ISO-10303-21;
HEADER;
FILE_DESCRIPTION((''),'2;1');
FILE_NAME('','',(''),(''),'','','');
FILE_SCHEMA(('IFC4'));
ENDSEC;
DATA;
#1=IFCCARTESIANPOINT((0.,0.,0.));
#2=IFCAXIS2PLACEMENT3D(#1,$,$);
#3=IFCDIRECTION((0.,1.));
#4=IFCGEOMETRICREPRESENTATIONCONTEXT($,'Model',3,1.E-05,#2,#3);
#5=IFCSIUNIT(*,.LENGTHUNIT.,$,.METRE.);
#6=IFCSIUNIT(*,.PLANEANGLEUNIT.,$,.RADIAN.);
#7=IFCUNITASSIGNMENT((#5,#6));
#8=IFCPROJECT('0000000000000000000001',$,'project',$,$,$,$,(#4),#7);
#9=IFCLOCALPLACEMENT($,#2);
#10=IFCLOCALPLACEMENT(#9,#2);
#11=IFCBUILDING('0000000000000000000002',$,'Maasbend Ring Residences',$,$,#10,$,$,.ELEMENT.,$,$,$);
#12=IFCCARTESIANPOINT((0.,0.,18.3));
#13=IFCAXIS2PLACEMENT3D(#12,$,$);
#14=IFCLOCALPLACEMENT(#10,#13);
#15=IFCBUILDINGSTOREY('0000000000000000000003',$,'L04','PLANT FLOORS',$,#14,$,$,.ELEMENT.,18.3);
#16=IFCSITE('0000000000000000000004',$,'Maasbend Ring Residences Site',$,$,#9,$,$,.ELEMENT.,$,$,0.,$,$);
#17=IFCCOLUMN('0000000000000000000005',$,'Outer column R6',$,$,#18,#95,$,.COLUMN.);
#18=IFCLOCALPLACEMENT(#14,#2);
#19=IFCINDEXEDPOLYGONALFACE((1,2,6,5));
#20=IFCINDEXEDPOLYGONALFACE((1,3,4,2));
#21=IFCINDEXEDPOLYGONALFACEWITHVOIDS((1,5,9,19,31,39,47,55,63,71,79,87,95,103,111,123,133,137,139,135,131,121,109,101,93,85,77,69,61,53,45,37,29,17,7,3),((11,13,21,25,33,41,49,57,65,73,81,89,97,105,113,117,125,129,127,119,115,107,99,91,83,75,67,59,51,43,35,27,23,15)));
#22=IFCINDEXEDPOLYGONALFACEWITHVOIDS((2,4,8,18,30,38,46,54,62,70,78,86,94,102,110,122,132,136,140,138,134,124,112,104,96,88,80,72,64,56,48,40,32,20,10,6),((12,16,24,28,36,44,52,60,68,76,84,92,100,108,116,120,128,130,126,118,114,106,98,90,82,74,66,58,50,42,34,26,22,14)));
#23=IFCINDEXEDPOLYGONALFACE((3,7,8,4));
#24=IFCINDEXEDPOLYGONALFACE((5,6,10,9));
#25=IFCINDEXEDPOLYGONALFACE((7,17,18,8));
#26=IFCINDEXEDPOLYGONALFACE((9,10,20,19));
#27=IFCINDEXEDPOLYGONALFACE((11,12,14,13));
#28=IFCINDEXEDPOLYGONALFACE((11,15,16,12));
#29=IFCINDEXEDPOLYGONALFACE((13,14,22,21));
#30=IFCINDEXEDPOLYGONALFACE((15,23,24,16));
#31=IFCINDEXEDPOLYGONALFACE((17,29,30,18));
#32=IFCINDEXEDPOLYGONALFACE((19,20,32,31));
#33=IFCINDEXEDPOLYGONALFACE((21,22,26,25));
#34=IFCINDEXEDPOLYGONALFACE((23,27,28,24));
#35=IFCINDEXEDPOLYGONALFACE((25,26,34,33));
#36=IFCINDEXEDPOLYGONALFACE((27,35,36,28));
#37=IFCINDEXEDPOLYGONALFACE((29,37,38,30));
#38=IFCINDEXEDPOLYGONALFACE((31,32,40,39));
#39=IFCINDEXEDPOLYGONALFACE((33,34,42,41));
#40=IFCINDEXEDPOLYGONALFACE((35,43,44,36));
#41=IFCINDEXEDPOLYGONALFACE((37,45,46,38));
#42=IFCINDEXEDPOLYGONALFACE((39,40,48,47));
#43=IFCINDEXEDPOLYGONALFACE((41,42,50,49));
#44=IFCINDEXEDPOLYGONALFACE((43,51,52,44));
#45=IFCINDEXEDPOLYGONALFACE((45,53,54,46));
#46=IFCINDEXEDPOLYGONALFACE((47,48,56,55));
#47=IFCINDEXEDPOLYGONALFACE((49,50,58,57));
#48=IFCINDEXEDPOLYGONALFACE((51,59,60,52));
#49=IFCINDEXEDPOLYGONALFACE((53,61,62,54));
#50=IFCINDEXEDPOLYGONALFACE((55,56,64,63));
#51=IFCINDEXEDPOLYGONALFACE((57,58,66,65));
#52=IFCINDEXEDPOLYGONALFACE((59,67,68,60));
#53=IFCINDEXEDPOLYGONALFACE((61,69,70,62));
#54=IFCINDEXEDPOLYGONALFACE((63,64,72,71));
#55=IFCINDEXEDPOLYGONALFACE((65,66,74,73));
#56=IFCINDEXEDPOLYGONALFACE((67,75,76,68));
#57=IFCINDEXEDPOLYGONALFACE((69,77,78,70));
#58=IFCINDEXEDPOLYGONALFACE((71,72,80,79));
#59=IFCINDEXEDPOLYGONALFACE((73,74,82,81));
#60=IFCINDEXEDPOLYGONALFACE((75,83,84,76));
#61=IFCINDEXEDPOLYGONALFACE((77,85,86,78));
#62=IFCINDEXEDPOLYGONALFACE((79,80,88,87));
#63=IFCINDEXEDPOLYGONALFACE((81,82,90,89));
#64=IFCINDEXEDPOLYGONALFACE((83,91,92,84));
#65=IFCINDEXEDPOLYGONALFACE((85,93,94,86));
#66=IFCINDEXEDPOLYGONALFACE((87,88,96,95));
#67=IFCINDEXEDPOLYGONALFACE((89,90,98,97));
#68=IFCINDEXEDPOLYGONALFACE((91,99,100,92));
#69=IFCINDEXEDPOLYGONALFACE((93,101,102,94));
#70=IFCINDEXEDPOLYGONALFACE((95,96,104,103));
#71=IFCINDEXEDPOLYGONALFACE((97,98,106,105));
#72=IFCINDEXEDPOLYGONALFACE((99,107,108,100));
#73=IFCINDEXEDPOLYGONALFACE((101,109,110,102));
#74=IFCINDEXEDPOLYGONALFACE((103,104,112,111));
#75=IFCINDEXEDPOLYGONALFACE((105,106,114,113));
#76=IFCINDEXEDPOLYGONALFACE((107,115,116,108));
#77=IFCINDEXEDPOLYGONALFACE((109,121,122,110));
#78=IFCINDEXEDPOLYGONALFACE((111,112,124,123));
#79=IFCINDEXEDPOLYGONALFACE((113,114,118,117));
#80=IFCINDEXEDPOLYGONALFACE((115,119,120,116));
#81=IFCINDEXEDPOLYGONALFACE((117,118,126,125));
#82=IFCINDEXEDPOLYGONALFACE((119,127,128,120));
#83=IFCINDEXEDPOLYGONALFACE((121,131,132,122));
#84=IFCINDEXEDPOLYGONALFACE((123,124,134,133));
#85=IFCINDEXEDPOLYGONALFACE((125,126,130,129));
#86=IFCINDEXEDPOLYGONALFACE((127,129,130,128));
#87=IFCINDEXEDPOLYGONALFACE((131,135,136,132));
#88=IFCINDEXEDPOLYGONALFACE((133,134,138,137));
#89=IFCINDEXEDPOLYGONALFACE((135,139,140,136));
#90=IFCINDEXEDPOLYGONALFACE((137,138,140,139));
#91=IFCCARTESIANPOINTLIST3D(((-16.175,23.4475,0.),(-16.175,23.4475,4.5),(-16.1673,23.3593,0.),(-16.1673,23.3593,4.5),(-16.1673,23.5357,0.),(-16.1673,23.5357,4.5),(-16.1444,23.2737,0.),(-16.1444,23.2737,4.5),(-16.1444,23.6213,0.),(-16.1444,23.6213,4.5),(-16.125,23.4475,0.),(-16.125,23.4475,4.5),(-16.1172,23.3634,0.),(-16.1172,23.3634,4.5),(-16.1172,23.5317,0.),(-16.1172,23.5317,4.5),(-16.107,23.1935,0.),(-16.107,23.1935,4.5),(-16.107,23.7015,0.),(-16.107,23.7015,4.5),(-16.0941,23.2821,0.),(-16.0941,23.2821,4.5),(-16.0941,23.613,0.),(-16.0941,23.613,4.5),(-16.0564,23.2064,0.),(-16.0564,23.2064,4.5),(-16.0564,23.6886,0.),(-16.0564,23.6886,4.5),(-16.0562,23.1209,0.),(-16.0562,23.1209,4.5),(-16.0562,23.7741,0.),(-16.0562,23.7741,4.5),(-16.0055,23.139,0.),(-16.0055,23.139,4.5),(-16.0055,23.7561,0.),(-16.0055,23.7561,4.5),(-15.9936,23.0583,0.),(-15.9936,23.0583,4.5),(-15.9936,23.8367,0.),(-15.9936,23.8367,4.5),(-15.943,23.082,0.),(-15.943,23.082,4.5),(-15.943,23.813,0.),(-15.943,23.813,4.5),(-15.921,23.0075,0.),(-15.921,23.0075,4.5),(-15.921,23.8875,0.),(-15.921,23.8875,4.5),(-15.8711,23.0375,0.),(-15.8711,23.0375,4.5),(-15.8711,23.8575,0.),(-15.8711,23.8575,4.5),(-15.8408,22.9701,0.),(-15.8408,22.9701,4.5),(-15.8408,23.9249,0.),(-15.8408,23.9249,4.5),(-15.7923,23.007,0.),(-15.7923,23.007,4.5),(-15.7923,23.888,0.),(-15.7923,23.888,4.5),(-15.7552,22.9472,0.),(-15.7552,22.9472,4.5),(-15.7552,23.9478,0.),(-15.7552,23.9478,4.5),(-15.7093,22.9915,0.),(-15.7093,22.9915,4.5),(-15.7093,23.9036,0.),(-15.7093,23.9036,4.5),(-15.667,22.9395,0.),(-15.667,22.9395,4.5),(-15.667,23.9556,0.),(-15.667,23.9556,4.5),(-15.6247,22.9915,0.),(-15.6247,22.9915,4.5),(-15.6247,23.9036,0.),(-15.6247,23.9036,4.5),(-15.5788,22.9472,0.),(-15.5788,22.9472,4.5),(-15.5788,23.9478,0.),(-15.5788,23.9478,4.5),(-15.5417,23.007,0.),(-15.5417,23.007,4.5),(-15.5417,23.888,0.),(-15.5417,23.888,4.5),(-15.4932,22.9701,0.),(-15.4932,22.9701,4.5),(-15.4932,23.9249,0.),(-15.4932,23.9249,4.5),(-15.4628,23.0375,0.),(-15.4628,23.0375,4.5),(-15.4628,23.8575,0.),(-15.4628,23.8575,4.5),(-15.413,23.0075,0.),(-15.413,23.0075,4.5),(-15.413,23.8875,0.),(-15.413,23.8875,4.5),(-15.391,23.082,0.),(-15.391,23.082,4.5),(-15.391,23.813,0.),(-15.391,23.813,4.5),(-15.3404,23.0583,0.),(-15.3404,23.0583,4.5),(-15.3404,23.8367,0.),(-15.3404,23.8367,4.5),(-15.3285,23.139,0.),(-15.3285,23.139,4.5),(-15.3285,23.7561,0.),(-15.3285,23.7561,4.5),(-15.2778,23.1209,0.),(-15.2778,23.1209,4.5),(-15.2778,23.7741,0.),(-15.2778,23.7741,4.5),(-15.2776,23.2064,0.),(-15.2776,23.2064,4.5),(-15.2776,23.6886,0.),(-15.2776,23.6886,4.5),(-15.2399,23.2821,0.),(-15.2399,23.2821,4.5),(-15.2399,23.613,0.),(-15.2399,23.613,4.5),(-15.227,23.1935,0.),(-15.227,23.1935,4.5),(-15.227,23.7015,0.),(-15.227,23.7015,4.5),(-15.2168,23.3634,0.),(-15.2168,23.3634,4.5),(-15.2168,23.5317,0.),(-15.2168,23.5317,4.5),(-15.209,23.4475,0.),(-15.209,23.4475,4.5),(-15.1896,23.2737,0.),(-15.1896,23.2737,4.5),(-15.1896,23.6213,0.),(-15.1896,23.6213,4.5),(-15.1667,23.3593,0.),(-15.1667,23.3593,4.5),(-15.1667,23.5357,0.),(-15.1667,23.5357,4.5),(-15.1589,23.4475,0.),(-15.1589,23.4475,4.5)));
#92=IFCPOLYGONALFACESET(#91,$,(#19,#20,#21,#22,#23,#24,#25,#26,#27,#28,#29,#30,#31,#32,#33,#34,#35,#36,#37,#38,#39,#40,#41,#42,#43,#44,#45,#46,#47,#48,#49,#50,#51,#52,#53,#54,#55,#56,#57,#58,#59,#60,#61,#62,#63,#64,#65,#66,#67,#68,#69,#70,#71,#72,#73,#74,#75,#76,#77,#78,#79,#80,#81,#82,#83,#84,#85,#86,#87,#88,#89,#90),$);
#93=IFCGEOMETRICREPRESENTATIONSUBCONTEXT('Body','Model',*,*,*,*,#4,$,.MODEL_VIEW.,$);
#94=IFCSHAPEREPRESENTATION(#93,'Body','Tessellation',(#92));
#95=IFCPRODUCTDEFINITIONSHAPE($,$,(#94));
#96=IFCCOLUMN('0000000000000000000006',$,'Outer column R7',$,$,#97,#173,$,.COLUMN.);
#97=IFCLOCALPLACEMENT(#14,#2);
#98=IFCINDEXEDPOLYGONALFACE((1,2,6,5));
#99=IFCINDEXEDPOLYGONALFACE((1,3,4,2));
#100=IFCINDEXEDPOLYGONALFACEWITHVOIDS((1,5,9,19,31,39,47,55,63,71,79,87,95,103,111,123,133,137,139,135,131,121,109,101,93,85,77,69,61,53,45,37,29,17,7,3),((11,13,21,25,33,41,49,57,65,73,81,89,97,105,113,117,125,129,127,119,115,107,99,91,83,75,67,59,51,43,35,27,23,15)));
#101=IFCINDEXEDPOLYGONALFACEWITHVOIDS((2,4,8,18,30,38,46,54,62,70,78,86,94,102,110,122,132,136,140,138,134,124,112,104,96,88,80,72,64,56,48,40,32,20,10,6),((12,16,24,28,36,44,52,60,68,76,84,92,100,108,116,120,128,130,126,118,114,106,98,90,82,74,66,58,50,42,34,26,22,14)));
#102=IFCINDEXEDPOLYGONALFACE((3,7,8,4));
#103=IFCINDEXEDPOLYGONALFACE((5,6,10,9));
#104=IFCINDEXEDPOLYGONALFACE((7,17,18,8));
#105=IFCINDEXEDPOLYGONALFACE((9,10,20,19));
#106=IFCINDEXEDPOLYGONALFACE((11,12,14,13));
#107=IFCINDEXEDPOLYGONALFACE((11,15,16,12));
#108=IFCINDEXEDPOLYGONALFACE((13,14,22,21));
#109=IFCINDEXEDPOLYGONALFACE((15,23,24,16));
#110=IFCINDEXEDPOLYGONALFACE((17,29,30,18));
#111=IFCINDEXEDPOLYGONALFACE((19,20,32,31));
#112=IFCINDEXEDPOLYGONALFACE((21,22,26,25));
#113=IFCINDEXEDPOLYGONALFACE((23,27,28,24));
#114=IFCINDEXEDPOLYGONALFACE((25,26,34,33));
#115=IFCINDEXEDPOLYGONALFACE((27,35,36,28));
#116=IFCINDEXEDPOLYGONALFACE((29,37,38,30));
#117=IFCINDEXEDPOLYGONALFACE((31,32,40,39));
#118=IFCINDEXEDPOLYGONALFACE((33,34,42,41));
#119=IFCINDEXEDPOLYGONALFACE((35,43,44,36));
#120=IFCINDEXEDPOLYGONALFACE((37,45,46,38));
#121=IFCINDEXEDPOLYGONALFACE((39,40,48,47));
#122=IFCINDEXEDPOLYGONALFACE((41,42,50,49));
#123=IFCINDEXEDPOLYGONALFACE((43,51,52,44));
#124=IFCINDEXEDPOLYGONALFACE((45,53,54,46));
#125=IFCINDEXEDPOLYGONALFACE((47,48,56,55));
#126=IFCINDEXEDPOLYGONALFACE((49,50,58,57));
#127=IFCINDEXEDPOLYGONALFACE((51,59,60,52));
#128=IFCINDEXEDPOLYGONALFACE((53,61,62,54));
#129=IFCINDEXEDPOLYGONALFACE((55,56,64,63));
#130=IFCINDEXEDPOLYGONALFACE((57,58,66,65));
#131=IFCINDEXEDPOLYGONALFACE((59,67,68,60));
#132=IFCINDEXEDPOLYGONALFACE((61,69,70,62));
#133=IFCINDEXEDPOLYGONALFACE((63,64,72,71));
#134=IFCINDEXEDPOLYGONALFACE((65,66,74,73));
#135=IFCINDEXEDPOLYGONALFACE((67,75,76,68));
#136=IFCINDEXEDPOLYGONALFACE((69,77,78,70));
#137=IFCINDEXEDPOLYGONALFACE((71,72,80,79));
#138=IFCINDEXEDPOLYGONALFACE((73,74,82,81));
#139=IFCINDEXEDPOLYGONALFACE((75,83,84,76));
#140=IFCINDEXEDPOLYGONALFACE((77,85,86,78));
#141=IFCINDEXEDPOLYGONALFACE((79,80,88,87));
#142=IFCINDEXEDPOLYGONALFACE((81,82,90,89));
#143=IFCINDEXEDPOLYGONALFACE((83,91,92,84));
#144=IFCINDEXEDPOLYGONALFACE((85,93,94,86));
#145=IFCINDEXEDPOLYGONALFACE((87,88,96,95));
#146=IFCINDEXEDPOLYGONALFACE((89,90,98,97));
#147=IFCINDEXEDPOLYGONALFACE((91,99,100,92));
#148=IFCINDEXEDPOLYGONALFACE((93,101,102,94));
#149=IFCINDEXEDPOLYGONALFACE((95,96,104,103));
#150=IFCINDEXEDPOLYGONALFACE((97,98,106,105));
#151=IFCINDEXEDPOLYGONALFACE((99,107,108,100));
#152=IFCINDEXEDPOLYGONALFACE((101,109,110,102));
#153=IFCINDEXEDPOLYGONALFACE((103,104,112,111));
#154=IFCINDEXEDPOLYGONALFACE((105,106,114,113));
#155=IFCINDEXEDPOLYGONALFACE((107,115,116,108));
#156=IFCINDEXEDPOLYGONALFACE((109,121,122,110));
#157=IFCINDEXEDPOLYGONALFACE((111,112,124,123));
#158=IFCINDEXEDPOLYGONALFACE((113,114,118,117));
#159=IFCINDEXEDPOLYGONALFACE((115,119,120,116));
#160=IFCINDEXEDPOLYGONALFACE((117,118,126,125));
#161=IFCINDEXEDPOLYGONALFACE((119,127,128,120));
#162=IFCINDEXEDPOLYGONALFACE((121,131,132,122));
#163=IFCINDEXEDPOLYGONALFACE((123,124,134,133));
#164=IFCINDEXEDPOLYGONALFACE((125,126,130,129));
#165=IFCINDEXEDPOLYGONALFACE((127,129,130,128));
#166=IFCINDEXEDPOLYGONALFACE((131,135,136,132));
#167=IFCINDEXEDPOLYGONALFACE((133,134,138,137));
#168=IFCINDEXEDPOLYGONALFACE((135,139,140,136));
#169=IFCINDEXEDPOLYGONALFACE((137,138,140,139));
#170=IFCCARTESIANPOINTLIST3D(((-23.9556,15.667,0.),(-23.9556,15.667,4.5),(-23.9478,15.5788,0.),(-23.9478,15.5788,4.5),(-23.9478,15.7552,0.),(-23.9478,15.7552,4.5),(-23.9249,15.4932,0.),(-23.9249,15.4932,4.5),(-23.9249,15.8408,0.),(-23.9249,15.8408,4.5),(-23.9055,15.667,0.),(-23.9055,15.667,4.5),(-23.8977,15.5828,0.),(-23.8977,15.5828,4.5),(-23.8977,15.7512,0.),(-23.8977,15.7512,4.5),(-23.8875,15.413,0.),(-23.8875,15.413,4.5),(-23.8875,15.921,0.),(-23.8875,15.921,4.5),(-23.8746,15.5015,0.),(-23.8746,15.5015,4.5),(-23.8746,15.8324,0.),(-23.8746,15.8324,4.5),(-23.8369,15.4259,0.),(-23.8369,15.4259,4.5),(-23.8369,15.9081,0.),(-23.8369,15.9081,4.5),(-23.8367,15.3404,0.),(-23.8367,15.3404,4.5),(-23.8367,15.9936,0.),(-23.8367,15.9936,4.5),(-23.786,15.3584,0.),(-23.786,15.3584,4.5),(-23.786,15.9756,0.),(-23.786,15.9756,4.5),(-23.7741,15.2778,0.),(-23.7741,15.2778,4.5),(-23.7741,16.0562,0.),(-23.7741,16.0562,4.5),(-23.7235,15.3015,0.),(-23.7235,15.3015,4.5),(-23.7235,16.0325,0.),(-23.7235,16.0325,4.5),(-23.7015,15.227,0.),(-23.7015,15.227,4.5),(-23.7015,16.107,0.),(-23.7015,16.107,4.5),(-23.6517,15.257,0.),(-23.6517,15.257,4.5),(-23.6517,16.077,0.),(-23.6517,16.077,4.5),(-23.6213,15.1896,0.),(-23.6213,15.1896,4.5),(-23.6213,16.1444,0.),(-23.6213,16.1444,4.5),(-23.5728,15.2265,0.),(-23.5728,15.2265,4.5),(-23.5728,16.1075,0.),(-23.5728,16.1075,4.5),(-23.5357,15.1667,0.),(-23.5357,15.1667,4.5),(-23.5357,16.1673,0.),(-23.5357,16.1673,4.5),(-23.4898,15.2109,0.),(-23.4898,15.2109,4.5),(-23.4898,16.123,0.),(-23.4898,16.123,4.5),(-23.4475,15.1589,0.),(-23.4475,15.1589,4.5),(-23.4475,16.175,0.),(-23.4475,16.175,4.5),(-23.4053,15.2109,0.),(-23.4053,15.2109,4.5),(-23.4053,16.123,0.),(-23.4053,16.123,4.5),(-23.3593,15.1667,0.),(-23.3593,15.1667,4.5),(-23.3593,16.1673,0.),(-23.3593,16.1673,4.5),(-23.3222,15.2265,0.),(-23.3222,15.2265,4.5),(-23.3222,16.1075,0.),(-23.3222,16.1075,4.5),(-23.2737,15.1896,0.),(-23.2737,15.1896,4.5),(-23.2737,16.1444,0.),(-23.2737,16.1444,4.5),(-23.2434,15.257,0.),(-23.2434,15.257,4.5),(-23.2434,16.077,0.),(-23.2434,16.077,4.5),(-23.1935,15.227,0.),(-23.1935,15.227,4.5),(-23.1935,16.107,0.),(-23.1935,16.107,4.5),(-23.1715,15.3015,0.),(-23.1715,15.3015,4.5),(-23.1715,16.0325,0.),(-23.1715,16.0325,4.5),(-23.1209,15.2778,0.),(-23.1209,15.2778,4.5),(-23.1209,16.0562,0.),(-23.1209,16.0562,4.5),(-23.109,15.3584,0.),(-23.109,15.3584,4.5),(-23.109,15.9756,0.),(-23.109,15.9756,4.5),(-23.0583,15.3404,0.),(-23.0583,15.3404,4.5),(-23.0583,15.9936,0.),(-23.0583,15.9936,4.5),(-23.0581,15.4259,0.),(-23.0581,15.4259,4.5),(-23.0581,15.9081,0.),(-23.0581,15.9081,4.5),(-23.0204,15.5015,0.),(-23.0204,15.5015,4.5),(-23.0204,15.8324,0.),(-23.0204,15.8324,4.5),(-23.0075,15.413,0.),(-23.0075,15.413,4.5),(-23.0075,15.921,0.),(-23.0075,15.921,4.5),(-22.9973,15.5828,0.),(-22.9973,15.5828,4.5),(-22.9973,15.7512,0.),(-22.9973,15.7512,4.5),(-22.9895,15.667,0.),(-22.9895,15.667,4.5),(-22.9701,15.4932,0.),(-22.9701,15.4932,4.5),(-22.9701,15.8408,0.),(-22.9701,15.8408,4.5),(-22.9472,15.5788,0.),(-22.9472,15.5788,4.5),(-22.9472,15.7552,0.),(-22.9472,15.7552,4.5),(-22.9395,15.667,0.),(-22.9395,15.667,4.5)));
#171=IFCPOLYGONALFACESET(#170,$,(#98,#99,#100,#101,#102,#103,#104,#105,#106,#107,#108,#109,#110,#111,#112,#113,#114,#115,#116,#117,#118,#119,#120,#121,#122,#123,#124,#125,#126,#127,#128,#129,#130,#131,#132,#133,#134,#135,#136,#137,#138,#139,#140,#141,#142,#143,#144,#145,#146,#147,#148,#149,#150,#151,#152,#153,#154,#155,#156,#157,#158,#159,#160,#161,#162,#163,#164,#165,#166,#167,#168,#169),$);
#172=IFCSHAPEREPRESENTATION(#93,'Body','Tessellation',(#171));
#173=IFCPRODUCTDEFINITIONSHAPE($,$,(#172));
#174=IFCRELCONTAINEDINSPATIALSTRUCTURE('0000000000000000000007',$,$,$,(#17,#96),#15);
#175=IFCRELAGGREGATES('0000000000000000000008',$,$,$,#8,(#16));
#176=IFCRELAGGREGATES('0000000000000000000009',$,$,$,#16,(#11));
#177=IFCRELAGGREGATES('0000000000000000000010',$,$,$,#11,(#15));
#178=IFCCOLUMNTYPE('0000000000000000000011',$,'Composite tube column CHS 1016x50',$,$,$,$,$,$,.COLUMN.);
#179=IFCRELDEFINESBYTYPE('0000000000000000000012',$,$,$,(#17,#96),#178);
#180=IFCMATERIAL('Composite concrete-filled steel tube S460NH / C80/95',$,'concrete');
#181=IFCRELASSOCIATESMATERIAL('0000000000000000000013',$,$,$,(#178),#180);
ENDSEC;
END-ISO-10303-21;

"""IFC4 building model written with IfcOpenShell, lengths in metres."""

from ifc_helpers import new_model, si_unit, direction, frame, origin, origin_2d, place, context, subcontext, project, spatial, hollow_circle, extrude, material, material_profile, profile_set, type_object, element, save


model = new_model("IFC4")

# Units and contexts
model_context = context("Model", 3, precision=1e-05, world=origin(), true_north=direction((0.0, 1.0)))
body_context = subcontext(model_context, "Body", "Model", "MODEL_VIEW")
ifc_project = project(units=[si_unit("LENGTHUNIT", "METRE"), si_unit("PLANEANGLEUNIT", "RADIAN")], contexts=[model_context])

# Site, building, storey
site_placement = place(None, origin())
site = spatial("IfcSite", under=ifc_project, at=site_placement, Name="Maasbend Ring Residences Site", CompositionType="ELEMENT", RefElevation=0.0)
building_placement = place(site_placement, origin())
building = spatial("IfcBuilding", under=site, at=building_placement, Name="Maasbend Ring Residences", CompositionType="ELEMENT")
storey_placement = place(building_placement, frame((0.0, 0.0, 18.3)))
storey = spatial("IfcBuildingStorey", under=building, at=storey_placement, Name="L04", Description="PLANT FLOORS", CompositionType="ELEMENT", Elevation=18.3)

# Columns
ifc_material_1 = material(Name="Composite concrete-filled steel tube S460NH / C80/95", Category="concrete")
ifc_material_profile_1 = material_profile(ifc_material_1, hollow_circle(Radius=0.5081, WallThickness=0.05, at=origin_2d()), Name="Composite tube column CHS 1016x50")
ifc_profile_set_1 = profile_set([ifc_material_profile_1], Name="Composite concrete-filled steel tube S460NH / C80/95")
column_type_1 = type_object("IfcColumnType", Name="Composite tube column CHS 1016x50", PredefinedType="COLUMN", material=ifc_profile_set_1)
for number, where, z_axis, x_axis, name in (
    (1, (-15.667, 23.4475, 0.0), (0.0, 0.0, 1.0), (1.0, 0.0, 0.0), "Outer column R6"),
    (2, (-23.4475, 15.667, 0.0), (0.0, 0.0, 1.0), (1.0, 0.0, 0.0), "Outer column R7"),
):
    element("IfcColumn", number, at=place(storey_placement, frame(where, z_axis=z_axis, x_axis=x_axis)), inside=storey, type_object=column_type_1, Name=name, PredefinedType="COLUMN", context=body_context, shape_type="SweptSolid", body=[
        extrude(hollow_circle(Radius=0.5081, WallThickness=0.05, at=origin_2d()), origin(), (0.0, 0.0, 1.0), 4.5),
    ])

save(model, "model.ifc")
